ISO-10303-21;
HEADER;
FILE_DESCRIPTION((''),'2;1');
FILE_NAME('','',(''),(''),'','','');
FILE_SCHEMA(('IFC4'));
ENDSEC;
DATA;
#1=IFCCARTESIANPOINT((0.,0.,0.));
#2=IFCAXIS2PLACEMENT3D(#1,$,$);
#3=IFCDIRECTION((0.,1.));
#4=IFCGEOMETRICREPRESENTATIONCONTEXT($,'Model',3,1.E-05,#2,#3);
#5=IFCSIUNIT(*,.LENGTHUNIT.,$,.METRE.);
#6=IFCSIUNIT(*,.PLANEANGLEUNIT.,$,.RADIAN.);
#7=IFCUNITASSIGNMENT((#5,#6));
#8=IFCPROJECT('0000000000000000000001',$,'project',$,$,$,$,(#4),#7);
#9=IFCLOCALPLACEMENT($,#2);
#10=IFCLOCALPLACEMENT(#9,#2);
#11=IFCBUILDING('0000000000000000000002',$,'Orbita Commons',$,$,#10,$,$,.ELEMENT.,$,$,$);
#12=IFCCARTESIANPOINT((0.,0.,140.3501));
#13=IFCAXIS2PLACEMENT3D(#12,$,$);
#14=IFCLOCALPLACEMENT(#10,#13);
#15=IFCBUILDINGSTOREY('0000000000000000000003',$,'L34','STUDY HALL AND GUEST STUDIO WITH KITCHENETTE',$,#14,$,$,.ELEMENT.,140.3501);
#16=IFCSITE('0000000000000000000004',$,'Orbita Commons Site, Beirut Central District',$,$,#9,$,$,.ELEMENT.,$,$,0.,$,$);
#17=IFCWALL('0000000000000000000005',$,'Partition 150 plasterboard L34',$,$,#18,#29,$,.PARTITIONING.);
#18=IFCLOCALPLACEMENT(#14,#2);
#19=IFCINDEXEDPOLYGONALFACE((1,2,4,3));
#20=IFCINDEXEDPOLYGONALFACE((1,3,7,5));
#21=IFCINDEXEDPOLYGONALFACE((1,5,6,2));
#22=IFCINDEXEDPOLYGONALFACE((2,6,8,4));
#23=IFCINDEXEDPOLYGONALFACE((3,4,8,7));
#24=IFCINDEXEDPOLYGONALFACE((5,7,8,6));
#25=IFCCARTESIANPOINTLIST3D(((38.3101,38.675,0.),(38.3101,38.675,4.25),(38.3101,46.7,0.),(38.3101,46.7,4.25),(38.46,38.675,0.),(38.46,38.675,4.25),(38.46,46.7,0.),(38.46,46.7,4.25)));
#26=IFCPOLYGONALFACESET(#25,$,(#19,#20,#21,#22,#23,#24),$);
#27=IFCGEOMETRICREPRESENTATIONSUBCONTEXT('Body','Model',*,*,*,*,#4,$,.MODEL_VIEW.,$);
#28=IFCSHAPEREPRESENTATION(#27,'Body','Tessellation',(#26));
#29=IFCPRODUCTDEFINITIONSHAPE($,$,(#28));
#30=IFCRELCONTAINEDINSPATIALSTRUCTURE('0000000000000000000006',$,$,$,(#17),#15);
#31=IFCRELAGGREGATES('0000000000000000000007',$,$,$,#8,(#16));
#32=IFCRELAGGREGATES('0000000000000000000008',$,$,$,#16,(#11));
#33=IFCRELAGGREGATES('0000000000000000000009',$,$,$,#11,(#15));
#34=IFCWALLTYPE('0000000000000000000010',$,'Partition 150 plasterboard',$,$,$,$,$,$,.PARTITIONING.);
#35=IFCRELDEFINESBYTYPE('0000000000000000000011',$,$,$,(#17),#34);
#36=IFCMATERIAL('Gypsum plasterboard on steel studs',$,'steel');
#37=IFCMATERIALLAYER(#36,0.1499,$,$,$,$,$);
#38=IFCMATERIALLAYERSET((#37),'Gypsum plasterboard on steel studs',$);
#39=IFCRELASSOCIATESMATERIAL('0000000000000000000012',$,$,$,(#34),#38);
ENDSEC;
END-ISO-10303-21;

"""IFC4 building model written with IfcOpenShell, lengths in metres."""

from ifc_helpers import new_model, si_unit, direction, frame, frame_2d, origin, place, context, subcontext, project, spatial, rectangle, extrude, material, layer, layer_set, type_object, element, save


model = new_model("IFC4")

# Units and contexts
model_context = context("Model", 3, precision=1e-05, world=origin(), true_north=direction((0.0, 1.0)))
body_context = subcontext(model_context, "Body", "Model", "MODEL_VIEW")
ifc_project = project(units=[si_unit("LENGTHUNIT", "METRE"), si_unit("PLANEANGLEUNIT", "RADIAN")], contexts=[model_context])

# Site, building, storey
site_placement = place(None, origin())
site = spatial("IfcSite", under=ifc_project, at=site_placement, Name="Orbita Commons Site, Beirut Central District", CompositionType="ELEMENT", RefElevation=0.0)
building_placement = place(site_placement, origin())
building = spatial("IfcBuilding", under=site, at=building_placement, Name="Orbita Commons", CompositionType="ELEMENT")
storey_placement = place(building_placement, frame((0.0, 0.0, 140.3501)))
storey = spatial("IfcBuildingStorey", under=building, at=storey_placement, Name="L34", Description="STUDY HALL AND GUEST STUDIO WITH KITCHENETTE", CompositionType="ELEMENT", Elevation=140.3501)

# Wall
ifc_material_1 = material(Name="Gypsum plasterboard on steel studs", Category="steel")
ifc_layer_1 = layer(ifc_material_1, 0.1499)
ifc_layer_set_1 = layer_set([ifc_layer_1], Name="Gypsum plasterboard on steel studs")
wall_type_1 = type_object("IfcWallType", Name="Partition 150 plasterboard", PredefinedType="PARTITIONING", material=ifc_layer_set_1)
wall_1_placement = place(storey_placement, frame((38.385, 38.675, 0.0), z_axis=(0.0, 0.0, 1.0), x_axis=(0.0, 1.0, 0.0)))
element("IfcWall", 1, at=wall_1_placement, inside=storey, type_object=wall_type_1, Name="Partition 150 plasterboard L34", PredefinedType="PARTITIONING", context=body_context, shape_type="SweptSolid", body=[
    extrude(rectangle(XDim=8.0249, YDim=0.1499, at=frame_2d((4.0125, 0.0))), origin(), (0.0, 0.0, 1.0), 4.25),
])

save(model, "model.ifc")
